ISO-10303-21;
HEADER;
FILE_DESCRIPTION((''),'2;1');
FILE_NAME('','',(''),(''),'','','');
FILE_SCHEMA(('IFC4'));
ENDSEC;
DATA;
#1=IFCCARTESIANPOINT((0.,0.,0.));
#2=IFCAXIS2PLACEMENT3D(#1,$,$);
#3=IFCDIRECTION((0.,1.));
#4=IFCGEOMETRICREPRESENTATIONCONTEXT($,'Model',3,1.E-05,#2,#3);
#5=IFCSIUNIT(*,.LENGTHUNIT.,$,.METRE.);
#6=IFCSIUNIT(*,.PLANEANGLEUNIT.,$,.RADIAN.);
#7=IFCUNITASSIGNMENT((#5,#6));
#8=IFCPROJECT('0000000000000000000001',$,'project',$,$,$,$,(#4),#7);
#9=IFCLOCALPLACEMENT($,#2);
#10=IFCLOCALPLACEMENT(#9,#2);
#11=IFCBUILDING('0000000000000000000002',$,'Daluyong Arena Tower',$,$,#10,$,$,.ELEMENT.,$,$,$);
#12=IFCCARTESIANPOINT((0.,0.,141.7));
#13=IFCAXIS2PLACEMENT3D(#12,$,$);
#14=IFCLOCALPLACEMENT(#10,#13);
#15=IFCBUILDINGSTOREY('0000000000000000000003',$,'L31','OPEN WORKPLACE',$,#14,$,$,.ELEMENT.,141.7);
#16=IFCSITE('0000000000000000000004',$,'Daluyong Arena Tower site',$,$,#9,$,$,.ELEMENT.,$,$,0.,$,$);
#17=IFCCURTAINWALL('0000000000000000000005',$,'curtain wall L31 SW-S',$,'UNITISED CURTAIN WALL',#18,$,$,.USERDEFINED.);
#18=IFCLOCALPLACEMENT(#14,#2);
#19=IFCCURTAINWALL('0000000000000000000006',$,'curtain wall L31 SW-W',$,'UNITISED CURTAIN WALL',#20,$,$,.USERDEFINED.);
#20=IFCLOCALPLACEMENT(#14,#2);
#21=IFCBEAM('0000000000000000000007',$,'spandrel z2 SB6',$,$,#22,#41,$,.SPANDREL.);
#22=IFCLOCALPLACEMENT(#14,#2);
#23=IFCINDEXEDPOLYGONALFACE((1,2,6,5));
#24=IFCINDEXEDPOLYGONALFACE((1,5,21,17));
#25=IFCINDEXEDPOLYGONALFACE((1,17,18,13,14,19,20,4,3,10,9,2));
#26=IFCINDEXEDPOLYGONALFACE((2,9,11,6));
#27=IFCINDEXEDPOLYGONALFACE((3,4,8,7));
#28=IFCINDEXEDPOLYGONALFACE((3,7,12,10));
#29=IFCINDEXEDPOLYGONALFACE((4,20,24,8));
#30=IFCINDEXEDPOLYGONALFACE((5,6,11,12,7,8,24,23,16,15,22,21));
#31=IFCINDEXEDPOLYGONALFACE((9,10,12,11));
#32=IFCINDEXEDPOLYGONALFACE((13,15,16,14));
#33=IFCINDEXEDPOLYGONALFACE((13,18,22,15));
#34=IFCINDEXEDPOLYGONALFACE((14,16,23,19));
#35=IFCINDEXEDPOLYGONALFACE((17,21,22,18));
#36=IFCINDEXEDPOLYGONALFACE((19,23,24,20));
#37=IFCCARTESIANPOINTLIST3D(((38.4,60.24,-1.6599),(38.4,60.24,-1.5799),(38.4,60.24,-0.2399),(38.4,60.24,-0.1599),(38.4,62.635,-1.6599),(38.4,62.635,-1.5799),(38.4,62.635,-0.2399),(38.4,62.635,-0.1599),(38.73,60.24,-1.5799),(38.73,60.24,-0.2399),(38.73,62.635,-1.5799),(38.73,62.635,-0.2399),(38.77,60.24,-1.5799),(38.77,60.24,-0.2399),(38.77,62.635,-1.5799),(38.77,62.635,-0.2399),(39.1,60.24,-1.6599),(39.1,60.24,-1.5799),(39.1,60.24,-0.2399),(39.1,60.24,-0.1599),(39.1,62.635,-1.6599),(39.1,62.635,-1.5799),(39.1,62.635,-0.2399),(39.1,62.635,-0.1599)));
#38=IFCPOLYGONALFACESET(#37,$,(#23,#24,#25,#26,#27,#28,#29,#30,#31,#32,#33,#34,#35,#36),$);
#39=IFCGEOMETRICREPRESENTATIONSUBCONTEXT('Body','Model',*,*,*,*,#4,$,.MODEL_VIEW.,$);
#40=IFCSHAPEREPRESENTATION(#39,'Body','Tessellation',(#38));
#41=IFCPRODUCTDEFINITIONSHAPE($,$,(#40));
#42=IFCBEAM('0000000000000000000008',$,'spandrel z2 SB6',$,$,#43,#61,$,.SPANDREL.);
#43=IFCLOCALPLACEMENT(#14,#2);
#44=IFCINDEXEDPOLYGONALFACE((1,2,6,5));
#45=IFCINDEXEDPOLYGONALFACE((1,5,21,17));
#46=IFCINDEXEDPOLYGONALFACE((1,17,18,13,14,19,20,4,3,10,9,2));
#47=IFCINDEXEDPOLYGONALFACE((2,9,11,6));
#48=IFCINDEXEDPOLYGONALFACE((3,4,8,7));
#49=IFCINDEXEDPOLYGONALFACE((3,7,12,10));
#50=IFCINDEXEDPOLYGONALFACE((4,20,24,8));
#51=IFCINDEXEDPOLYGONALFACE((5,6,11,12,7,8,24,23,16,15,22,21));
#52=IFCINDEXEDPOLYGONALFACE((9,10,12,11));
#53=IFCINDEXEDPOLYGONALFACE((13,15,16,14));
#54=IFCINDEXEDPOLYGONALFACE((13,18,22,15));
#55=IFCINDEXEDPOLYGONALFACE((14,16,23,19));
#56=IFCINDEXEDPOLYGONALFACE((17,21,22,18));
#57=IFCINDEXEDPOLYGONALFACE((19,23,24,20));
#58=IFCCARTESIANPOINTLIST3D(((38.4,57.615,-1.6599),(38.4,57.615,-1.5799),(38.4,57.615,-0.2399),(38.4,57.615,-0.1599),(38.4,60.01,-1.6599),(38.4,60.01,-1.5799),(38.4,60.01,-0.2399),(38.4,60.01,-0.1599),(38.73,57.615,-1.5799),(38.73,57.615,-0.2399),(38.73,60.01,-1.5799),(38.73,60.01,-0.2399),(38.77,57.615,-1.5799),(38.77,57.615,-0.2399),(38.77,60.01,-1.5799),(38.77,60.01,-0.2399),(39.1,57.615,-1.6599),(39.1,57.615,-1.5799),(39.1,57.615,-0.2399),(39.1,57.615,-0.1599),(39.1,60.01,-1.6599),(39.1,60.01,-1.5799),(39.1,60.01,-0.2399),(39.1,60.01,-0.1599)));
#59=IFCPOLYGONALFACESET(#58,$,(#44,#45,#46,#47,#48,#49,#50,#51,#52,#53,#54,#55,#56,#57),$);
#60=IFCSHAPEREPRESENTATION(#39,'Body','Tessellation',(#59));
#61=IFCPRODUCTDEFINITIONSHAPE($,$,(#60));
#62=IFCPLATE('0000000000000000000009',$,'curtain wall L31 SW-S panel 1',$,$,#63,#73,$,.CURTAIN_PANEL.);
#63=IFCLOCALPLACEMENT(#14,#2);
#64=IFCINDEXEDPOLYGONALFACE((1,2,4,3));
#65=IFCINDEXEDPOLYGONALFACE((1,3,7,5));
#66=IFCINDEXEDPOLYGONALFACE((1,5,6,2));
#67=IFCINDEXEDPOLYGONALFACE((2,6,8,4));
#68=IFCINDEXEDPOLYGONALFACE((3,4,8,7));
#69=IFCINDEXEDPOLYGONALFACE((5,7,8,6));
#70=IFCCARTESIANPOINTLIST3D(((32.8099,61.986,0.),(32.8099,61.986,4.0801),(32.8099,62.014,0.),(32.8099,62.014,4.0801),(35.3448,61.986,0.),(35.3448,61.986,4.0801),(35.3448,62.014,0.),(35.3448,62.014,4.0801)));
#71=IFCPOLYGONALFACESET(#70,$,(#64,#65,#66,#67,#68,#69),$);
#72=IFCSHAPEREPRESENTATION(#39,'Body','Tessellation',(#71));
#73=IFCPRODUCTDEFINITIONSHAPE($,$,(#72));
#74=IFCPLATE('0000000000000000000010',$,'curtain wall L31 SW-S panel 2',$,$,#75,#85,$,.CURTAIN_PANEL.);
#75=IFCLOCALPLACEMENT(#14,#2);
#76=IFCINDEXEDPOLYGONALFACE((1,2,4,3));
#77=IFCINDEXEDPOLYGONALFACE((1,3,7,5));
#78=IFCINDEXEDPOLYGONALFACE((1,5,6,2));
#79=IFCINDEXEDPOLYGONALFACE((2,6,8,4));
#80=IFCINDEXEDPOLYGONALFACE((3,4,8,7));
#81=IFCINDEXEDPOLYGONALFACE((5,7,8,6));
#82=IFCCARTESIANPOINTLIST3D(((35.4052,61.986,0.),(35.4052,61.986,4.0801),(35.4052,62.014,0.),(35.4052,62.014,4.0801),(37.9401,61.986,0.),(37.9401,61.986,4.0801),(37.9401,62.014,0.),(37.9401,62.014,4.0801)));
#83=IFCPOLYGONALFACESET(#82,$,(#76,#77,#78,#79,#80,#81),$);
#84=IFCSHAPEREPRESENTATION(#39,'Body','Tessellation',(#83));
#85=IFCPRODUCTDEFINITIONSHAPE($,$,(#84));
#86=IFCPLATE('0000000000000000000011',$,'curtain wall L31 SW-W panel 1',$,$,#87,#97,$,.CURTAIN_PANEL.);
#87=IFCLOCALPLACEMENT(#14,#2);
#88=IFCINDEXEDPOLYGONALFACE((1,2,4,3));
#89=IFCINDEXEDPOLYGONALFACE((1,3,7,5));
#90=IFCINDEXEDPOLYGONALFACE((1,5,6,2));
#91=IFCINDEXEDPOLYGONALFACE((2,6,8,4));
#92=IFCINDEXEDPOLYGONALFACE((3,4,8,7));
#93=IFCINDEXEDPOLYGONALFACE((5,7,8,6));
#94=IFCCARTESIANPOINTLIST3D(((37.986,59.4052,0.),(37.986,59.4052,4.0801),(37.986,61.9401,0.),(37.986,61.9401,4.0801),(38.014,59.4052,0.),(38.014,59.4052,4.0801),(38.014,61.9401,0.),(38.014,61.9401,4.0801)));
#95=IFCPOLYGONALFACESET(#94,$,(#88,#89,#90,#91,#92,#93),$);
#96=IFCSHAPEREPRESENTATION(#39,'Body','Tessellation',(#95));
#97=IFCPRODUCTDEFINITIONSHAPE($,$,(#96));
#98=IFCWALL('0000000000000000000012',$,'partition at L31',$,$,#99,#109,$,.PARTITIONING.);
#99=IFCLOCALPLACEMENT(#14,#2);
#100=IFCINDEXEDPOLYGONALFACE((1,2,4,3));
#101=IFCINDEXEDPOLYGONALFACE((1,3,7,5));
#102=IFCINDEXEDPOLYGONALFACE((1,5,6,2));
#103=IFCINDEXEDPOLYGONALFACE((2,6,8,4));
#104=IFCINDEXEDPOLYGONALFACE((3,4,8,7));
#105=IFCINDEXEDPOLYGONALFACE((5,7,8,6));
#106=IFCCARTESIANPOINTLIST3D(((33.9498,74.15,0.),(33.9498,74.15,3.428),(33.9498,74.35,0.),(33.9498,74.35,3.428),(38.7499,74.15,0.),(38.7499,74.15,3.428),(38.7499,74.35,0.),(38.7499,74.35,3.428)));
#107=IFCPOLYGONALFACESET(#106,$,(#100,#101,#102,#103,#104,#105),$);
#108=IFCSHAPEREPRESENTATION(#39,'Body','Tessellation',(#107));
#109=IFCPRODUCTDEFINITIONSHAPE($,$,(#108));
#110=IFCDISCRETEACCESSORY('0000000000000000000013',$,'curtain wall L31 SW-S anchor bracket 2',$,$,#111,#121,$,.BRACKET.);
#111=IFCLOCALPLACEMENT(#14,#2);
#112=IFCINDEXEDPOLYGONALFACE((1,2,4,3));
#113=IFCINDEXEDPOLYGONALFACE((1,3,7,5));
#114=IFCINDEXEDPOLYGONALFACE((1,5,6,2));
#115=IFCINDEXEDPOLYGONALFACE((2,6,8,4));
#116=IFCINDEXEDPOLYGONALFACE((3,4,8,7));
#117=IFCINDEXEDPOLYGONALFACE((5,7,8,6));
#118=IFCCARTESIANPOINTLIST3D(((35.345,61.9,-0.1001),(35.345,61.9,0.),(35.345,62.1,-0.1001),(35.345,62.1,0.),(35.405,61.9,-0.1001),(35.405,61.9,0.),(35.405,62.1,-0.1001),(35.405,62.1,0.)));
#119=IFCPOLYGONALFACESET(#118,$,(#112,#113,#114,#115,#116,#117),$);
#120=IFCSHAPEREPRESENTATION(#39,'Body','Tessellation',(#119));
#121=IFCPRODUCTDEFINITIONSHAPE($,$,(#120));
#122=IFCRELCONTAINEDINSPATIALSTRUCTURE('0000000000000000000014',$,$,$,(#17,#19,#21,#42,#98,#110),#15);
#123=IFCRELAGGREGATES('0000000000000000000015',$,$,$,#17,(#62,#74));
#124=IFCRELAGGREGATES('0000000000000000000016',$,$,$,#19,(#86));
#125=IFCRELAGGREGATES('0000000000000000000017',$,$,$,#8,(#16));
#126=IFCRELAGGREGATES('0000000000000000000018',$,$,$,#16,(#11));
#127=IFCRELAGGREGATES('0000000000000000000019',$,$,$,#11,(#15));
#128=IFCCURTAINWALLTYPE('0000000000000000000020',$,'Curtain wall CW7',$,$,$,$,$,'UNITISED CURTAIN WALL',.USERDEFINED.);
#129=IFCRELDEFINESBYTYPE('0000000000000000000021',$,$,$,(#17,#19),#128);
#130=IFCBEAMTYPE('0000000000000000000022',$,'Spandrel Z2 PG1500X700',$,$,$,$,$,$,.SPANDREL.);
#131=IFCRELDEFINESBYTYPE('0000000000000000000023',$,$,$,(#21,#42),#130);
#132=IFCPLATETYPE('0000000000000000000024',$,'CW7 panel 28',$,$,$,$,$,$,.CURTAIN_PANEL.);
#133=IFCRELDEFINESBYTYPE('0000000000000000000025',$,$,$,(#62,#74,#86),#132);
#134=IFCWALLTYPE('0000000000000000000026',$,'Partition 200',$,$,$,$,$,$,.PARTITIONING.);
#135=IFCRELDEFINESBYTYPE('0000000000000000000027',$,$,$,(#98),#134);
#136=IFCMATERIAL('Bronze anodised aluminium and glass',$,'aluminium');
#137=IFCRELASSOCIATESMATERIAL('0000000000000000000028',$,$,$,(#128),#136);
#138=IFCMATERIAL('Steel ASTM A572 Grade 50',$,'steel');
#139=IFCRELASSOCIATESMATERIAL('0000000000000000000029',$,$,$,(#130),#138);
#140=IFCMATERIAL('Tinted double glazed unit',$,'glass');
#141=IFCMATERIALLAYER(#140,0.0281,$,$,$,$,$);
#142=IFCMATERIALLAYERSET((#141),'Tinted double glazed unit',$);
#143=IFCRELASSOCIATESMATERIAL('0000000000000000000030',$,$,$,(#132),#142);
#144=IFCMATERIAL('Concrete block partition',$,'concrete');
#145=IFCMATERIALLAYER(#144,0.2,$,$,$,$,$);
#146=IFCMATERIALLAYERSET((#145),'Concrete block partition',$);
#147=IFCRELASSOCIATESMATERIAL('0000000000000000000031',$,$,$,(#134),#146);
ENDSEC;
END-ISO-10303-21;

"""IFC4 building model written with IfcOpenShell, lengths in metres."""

from ifc_helpers import new_model, si_unit, direction, frame, frame_2d, origin, origin_2d, place, context, subcontext, project, spatial, rectangle, i_section, extrude, material, layer, layer_set, material_profile, profile_set, type_object, element, aggregate, save


model = new_model("IFC4")

# Units and contexts
model_context = context("Model", 3, precision=1e-05, world=origin(), true_north=direction((0.0, 1.0)))
body_context = subcontext(model_context, "Body", "Model", "MODEL_VIEW")
ifc_project = project(units=[si_unit("LENGTHUNIT", "METRE"), si_unit("PLANEANGLEUNIT", "RADIAN")], contexts=[model_context])

# Site, building, storey
site_placement = place(None, origin())
site = spatial("IfcSite", under=ifc_project, at=site_placement, Name="Daluyong Arena Tower site", CompositionType="ELEMENT", RefElevation=0.0)
building_placement = place(site_placement, origin())
building = spatial("IfcBuilding", under=site, at=building_placement, Name="Daluyong Arena Tower", CompositionType="ELEMENT")
storey_placement = place(building_placement, frame((0.0, 0.0, 141.7)))
storey = spatial("IfcBuildingStorey", under=building, at=storey_placement, Name="L31", Description="OPEN WORKPLACE", CompositionType="ELEMENT", Elevation=141.7)

# Curtain wall
ifc_material_1 = material(Name="Bronze anodised aluminium and glass", Category="aluminium")
curtain_wall_type = type_object("IfcCurtainWallType", Name="Curtain wall CW7", ElementType="UNITISED CURTAIN WALL", PredefinedType="USERDEFINED", material=ifc_material_1)
curtain_wall_1_placement = place(storey_placement, origin())
curtain_wall_1 = element("IfcCurtainWall", 1, at=curtain_wall_1_placement, inside=storey, type_object=curtain_wall_type, Name="curtain wall L31 SW-S", ObjectType="UNITISED CURTAIN WALL", PredefinedType="USERDEFINED")

# Curtain wall
curtain_wall_2_placement = place(storey_placement, origin())
curtain_wall_2 = element("IfcCurtainWall", 2, at=curtain_wall_2_placement, inside=storey, type_object=curtain_wall_type, Name="curtain wall L31 SW-W", ObjectType="UNITISED CURTAIN WALL", PredefinedType="USERDEFINED")

# Beams
ifc_material_2 = material(Name="Steel ASTM A572 Grade 50", Category="steel")
ifc_material_profile_1 = material_profile(ifc_material_2, i_section(OverallWidth=0.7, OverallDepth=1.5, WebThickness=0.04, FlangeThickness=0.08, at=origin_2d()))
ifc_profile_set_1 = profile_set([ifc_material_profile_1], Name="Steel ASTM A572 Grade 50")
beam_type_1 = type_object("IfcBeamType", Name="Spandrel Z2 PG1500X700", PredefinedType="SPANDREL", material=ifc_profile_set_1)
for number, where, z_axis, x_axis, name in (
    (3, (38.75, 62.635, -0.9099), (0.0, -1.0, 0.0), (1.0, 0.0, 0.0), "spandrel z2 SB6"),
    (4, (38.75, 60.01, -0.9099), (0.0, -1.0, 0.0), (1.0, 0.0, 0.0), "spandrel z2 SB6"),
):
    element("IfcBeam", number, at=place(storey_placement, frame(where, z_axis=z_axis, x_axis=x_axis)), inside=storey, type_object=beam_type_1, Name=name, PredefinedType="SPANDREL", context=body_context, shape_type="SweptSolid", body=[
        extrude(i_section(OverallWidth=0.7, OverallDepth=1.5, WebThickness=0.04, FlangeThickness=0.08, at=origin_2d()), origin(), (0.0, 0.0, 1.0), 2.395),
    ])

# Plates
ifc_material_3 = material(Name="Tinted double glazed unit", Category="glass")
ifc_layer_1 = layer(ifc_material_3, 0.0281)
ifc_layer_set_1 = layer_set([ifc_layer_1], Name="Tinted double glazed unit")
plate_type = type_object("IfcPlateType", Name="CW7 panel 28", PredefinedType="CURTAIN_PANEL", material=ifc_layer_set_1)
plate_1_placement = place(storey_placement, frame((34.0774, 62.0, 0.0), z_axis=(0.0, 0.0, 1.0), x_axis=(1.0, 0.0, 0.0)))
plate_1 = element("IfcPlate", 5, at=plate_1_placement, type_object=plate_type, Name="curtain wall L31 SW-S panel 1", PredefinedType="CURTAIN_PANEL", context=body_context, shape_type="SweptSolid", body=[
    extrude(rectangle(XDim=2.5349, YDim=0.0281, at=origin_2d()), origin(), (0.0, 0.0, 1.0), 4.0801),
])
plate_2_placement = place(storey_placement, frame((36.6726, 62.0, 0.0), z_axis=(0.0, 0.0, 1.0), x_axis=(1.0, 0.0, 0.0)))
plate_2 = element("IfcPlate", 6, at=plate_2_placement, type_object=plate_type, Name="curtain wall L31 SW-S panel 2", PredefinedType="CURTAIN_PANEL", context=body_context, shape_type="SweptSolid", body=[
    extrude(rectangle(XDim=2.5349, YDim=0.0281, at=origin_2d()), origin(), (0.0, 0.0, 1.0), 4.0801),
])
aggregate(curtain_wall_1, [plate_1, plate_2])
plate_3_placement = place(storey_placement, frame((38.0, 60.6726, 0.0), z_axis=(0.0, 0.0, 1.0), x_axis=(0.0, -1.0, 0.0)))
plate_3 = element("IfcPlate", 7, at=plate_3_placement, type_object=plate_type, Name="curtain wall L31 SW-W panel 1", PredefinedType="CURTAIN_PANEL", context=body_context, shape_type="SweptSolid", body=[
    extrude(rectangle(XDim=2.5349, YDim=0.0281, at=origin_2d()), origin(), (0.0, 0.0, 1.0), 4.0801),
])
aggregate(curtain_wall_2, [plate_3])

# Wall
ifc_material_4 = material(Name="Concrete block partition", Category="concrete")
ifc_layer_2 = layer(ifc_material_4, 0.2)
ifc_layer_set_2 = layer_set([ifc_layer_2], Name="Concrete block partition")
wall_type = type_object("IfcWallType", Name="Partition 200", PredefinedType="PARTITIONING", material=ifc_layer_set_2)
wall_placement = place(storey_placement, frame((33.95, 74.25, 0.0), z_axis=(0.0, 0.0, 1.0), x_axis=(1.0, 0.0, 0.0)))
element("IfcWall", 8, at=wall_placement, inside=storey, type_object=wall_type, Name="partition at L31", PredefinedType="PARTITIONING", context=body_context, shape_type="SweptSolid", body=[
    extrude(rectangle(XDim=4.8, YDim=0.2, at=frame_2d((2.3999, 0.0))), origin(), (0.0, 0.0, 1.0), 3.428),
])

# Discrete accessory
discrete_accessory_placement = place(storey_placement, frame((35.375, 62.0, -0.1001), z_axis=(0.0, 0.0, 1.0), x_axis=(1.0, 0.0, 0.0)))
element("IfcDiscreteAccessory", 9, at=discrete_accessory_placement, inside=storey, Name="curtain wall L31 SW-S anchor bracket 2", PredefinedType="BRACKET", context=body_context, shape_type="SweptSolid", body=[
    extrude(rectangle(XDim=0.0601, YDim=0.2, at=origin_2d()), origin(), (0.0, 0.0, 1.0), 0.1001),
])

save(model, "model.ifc")
